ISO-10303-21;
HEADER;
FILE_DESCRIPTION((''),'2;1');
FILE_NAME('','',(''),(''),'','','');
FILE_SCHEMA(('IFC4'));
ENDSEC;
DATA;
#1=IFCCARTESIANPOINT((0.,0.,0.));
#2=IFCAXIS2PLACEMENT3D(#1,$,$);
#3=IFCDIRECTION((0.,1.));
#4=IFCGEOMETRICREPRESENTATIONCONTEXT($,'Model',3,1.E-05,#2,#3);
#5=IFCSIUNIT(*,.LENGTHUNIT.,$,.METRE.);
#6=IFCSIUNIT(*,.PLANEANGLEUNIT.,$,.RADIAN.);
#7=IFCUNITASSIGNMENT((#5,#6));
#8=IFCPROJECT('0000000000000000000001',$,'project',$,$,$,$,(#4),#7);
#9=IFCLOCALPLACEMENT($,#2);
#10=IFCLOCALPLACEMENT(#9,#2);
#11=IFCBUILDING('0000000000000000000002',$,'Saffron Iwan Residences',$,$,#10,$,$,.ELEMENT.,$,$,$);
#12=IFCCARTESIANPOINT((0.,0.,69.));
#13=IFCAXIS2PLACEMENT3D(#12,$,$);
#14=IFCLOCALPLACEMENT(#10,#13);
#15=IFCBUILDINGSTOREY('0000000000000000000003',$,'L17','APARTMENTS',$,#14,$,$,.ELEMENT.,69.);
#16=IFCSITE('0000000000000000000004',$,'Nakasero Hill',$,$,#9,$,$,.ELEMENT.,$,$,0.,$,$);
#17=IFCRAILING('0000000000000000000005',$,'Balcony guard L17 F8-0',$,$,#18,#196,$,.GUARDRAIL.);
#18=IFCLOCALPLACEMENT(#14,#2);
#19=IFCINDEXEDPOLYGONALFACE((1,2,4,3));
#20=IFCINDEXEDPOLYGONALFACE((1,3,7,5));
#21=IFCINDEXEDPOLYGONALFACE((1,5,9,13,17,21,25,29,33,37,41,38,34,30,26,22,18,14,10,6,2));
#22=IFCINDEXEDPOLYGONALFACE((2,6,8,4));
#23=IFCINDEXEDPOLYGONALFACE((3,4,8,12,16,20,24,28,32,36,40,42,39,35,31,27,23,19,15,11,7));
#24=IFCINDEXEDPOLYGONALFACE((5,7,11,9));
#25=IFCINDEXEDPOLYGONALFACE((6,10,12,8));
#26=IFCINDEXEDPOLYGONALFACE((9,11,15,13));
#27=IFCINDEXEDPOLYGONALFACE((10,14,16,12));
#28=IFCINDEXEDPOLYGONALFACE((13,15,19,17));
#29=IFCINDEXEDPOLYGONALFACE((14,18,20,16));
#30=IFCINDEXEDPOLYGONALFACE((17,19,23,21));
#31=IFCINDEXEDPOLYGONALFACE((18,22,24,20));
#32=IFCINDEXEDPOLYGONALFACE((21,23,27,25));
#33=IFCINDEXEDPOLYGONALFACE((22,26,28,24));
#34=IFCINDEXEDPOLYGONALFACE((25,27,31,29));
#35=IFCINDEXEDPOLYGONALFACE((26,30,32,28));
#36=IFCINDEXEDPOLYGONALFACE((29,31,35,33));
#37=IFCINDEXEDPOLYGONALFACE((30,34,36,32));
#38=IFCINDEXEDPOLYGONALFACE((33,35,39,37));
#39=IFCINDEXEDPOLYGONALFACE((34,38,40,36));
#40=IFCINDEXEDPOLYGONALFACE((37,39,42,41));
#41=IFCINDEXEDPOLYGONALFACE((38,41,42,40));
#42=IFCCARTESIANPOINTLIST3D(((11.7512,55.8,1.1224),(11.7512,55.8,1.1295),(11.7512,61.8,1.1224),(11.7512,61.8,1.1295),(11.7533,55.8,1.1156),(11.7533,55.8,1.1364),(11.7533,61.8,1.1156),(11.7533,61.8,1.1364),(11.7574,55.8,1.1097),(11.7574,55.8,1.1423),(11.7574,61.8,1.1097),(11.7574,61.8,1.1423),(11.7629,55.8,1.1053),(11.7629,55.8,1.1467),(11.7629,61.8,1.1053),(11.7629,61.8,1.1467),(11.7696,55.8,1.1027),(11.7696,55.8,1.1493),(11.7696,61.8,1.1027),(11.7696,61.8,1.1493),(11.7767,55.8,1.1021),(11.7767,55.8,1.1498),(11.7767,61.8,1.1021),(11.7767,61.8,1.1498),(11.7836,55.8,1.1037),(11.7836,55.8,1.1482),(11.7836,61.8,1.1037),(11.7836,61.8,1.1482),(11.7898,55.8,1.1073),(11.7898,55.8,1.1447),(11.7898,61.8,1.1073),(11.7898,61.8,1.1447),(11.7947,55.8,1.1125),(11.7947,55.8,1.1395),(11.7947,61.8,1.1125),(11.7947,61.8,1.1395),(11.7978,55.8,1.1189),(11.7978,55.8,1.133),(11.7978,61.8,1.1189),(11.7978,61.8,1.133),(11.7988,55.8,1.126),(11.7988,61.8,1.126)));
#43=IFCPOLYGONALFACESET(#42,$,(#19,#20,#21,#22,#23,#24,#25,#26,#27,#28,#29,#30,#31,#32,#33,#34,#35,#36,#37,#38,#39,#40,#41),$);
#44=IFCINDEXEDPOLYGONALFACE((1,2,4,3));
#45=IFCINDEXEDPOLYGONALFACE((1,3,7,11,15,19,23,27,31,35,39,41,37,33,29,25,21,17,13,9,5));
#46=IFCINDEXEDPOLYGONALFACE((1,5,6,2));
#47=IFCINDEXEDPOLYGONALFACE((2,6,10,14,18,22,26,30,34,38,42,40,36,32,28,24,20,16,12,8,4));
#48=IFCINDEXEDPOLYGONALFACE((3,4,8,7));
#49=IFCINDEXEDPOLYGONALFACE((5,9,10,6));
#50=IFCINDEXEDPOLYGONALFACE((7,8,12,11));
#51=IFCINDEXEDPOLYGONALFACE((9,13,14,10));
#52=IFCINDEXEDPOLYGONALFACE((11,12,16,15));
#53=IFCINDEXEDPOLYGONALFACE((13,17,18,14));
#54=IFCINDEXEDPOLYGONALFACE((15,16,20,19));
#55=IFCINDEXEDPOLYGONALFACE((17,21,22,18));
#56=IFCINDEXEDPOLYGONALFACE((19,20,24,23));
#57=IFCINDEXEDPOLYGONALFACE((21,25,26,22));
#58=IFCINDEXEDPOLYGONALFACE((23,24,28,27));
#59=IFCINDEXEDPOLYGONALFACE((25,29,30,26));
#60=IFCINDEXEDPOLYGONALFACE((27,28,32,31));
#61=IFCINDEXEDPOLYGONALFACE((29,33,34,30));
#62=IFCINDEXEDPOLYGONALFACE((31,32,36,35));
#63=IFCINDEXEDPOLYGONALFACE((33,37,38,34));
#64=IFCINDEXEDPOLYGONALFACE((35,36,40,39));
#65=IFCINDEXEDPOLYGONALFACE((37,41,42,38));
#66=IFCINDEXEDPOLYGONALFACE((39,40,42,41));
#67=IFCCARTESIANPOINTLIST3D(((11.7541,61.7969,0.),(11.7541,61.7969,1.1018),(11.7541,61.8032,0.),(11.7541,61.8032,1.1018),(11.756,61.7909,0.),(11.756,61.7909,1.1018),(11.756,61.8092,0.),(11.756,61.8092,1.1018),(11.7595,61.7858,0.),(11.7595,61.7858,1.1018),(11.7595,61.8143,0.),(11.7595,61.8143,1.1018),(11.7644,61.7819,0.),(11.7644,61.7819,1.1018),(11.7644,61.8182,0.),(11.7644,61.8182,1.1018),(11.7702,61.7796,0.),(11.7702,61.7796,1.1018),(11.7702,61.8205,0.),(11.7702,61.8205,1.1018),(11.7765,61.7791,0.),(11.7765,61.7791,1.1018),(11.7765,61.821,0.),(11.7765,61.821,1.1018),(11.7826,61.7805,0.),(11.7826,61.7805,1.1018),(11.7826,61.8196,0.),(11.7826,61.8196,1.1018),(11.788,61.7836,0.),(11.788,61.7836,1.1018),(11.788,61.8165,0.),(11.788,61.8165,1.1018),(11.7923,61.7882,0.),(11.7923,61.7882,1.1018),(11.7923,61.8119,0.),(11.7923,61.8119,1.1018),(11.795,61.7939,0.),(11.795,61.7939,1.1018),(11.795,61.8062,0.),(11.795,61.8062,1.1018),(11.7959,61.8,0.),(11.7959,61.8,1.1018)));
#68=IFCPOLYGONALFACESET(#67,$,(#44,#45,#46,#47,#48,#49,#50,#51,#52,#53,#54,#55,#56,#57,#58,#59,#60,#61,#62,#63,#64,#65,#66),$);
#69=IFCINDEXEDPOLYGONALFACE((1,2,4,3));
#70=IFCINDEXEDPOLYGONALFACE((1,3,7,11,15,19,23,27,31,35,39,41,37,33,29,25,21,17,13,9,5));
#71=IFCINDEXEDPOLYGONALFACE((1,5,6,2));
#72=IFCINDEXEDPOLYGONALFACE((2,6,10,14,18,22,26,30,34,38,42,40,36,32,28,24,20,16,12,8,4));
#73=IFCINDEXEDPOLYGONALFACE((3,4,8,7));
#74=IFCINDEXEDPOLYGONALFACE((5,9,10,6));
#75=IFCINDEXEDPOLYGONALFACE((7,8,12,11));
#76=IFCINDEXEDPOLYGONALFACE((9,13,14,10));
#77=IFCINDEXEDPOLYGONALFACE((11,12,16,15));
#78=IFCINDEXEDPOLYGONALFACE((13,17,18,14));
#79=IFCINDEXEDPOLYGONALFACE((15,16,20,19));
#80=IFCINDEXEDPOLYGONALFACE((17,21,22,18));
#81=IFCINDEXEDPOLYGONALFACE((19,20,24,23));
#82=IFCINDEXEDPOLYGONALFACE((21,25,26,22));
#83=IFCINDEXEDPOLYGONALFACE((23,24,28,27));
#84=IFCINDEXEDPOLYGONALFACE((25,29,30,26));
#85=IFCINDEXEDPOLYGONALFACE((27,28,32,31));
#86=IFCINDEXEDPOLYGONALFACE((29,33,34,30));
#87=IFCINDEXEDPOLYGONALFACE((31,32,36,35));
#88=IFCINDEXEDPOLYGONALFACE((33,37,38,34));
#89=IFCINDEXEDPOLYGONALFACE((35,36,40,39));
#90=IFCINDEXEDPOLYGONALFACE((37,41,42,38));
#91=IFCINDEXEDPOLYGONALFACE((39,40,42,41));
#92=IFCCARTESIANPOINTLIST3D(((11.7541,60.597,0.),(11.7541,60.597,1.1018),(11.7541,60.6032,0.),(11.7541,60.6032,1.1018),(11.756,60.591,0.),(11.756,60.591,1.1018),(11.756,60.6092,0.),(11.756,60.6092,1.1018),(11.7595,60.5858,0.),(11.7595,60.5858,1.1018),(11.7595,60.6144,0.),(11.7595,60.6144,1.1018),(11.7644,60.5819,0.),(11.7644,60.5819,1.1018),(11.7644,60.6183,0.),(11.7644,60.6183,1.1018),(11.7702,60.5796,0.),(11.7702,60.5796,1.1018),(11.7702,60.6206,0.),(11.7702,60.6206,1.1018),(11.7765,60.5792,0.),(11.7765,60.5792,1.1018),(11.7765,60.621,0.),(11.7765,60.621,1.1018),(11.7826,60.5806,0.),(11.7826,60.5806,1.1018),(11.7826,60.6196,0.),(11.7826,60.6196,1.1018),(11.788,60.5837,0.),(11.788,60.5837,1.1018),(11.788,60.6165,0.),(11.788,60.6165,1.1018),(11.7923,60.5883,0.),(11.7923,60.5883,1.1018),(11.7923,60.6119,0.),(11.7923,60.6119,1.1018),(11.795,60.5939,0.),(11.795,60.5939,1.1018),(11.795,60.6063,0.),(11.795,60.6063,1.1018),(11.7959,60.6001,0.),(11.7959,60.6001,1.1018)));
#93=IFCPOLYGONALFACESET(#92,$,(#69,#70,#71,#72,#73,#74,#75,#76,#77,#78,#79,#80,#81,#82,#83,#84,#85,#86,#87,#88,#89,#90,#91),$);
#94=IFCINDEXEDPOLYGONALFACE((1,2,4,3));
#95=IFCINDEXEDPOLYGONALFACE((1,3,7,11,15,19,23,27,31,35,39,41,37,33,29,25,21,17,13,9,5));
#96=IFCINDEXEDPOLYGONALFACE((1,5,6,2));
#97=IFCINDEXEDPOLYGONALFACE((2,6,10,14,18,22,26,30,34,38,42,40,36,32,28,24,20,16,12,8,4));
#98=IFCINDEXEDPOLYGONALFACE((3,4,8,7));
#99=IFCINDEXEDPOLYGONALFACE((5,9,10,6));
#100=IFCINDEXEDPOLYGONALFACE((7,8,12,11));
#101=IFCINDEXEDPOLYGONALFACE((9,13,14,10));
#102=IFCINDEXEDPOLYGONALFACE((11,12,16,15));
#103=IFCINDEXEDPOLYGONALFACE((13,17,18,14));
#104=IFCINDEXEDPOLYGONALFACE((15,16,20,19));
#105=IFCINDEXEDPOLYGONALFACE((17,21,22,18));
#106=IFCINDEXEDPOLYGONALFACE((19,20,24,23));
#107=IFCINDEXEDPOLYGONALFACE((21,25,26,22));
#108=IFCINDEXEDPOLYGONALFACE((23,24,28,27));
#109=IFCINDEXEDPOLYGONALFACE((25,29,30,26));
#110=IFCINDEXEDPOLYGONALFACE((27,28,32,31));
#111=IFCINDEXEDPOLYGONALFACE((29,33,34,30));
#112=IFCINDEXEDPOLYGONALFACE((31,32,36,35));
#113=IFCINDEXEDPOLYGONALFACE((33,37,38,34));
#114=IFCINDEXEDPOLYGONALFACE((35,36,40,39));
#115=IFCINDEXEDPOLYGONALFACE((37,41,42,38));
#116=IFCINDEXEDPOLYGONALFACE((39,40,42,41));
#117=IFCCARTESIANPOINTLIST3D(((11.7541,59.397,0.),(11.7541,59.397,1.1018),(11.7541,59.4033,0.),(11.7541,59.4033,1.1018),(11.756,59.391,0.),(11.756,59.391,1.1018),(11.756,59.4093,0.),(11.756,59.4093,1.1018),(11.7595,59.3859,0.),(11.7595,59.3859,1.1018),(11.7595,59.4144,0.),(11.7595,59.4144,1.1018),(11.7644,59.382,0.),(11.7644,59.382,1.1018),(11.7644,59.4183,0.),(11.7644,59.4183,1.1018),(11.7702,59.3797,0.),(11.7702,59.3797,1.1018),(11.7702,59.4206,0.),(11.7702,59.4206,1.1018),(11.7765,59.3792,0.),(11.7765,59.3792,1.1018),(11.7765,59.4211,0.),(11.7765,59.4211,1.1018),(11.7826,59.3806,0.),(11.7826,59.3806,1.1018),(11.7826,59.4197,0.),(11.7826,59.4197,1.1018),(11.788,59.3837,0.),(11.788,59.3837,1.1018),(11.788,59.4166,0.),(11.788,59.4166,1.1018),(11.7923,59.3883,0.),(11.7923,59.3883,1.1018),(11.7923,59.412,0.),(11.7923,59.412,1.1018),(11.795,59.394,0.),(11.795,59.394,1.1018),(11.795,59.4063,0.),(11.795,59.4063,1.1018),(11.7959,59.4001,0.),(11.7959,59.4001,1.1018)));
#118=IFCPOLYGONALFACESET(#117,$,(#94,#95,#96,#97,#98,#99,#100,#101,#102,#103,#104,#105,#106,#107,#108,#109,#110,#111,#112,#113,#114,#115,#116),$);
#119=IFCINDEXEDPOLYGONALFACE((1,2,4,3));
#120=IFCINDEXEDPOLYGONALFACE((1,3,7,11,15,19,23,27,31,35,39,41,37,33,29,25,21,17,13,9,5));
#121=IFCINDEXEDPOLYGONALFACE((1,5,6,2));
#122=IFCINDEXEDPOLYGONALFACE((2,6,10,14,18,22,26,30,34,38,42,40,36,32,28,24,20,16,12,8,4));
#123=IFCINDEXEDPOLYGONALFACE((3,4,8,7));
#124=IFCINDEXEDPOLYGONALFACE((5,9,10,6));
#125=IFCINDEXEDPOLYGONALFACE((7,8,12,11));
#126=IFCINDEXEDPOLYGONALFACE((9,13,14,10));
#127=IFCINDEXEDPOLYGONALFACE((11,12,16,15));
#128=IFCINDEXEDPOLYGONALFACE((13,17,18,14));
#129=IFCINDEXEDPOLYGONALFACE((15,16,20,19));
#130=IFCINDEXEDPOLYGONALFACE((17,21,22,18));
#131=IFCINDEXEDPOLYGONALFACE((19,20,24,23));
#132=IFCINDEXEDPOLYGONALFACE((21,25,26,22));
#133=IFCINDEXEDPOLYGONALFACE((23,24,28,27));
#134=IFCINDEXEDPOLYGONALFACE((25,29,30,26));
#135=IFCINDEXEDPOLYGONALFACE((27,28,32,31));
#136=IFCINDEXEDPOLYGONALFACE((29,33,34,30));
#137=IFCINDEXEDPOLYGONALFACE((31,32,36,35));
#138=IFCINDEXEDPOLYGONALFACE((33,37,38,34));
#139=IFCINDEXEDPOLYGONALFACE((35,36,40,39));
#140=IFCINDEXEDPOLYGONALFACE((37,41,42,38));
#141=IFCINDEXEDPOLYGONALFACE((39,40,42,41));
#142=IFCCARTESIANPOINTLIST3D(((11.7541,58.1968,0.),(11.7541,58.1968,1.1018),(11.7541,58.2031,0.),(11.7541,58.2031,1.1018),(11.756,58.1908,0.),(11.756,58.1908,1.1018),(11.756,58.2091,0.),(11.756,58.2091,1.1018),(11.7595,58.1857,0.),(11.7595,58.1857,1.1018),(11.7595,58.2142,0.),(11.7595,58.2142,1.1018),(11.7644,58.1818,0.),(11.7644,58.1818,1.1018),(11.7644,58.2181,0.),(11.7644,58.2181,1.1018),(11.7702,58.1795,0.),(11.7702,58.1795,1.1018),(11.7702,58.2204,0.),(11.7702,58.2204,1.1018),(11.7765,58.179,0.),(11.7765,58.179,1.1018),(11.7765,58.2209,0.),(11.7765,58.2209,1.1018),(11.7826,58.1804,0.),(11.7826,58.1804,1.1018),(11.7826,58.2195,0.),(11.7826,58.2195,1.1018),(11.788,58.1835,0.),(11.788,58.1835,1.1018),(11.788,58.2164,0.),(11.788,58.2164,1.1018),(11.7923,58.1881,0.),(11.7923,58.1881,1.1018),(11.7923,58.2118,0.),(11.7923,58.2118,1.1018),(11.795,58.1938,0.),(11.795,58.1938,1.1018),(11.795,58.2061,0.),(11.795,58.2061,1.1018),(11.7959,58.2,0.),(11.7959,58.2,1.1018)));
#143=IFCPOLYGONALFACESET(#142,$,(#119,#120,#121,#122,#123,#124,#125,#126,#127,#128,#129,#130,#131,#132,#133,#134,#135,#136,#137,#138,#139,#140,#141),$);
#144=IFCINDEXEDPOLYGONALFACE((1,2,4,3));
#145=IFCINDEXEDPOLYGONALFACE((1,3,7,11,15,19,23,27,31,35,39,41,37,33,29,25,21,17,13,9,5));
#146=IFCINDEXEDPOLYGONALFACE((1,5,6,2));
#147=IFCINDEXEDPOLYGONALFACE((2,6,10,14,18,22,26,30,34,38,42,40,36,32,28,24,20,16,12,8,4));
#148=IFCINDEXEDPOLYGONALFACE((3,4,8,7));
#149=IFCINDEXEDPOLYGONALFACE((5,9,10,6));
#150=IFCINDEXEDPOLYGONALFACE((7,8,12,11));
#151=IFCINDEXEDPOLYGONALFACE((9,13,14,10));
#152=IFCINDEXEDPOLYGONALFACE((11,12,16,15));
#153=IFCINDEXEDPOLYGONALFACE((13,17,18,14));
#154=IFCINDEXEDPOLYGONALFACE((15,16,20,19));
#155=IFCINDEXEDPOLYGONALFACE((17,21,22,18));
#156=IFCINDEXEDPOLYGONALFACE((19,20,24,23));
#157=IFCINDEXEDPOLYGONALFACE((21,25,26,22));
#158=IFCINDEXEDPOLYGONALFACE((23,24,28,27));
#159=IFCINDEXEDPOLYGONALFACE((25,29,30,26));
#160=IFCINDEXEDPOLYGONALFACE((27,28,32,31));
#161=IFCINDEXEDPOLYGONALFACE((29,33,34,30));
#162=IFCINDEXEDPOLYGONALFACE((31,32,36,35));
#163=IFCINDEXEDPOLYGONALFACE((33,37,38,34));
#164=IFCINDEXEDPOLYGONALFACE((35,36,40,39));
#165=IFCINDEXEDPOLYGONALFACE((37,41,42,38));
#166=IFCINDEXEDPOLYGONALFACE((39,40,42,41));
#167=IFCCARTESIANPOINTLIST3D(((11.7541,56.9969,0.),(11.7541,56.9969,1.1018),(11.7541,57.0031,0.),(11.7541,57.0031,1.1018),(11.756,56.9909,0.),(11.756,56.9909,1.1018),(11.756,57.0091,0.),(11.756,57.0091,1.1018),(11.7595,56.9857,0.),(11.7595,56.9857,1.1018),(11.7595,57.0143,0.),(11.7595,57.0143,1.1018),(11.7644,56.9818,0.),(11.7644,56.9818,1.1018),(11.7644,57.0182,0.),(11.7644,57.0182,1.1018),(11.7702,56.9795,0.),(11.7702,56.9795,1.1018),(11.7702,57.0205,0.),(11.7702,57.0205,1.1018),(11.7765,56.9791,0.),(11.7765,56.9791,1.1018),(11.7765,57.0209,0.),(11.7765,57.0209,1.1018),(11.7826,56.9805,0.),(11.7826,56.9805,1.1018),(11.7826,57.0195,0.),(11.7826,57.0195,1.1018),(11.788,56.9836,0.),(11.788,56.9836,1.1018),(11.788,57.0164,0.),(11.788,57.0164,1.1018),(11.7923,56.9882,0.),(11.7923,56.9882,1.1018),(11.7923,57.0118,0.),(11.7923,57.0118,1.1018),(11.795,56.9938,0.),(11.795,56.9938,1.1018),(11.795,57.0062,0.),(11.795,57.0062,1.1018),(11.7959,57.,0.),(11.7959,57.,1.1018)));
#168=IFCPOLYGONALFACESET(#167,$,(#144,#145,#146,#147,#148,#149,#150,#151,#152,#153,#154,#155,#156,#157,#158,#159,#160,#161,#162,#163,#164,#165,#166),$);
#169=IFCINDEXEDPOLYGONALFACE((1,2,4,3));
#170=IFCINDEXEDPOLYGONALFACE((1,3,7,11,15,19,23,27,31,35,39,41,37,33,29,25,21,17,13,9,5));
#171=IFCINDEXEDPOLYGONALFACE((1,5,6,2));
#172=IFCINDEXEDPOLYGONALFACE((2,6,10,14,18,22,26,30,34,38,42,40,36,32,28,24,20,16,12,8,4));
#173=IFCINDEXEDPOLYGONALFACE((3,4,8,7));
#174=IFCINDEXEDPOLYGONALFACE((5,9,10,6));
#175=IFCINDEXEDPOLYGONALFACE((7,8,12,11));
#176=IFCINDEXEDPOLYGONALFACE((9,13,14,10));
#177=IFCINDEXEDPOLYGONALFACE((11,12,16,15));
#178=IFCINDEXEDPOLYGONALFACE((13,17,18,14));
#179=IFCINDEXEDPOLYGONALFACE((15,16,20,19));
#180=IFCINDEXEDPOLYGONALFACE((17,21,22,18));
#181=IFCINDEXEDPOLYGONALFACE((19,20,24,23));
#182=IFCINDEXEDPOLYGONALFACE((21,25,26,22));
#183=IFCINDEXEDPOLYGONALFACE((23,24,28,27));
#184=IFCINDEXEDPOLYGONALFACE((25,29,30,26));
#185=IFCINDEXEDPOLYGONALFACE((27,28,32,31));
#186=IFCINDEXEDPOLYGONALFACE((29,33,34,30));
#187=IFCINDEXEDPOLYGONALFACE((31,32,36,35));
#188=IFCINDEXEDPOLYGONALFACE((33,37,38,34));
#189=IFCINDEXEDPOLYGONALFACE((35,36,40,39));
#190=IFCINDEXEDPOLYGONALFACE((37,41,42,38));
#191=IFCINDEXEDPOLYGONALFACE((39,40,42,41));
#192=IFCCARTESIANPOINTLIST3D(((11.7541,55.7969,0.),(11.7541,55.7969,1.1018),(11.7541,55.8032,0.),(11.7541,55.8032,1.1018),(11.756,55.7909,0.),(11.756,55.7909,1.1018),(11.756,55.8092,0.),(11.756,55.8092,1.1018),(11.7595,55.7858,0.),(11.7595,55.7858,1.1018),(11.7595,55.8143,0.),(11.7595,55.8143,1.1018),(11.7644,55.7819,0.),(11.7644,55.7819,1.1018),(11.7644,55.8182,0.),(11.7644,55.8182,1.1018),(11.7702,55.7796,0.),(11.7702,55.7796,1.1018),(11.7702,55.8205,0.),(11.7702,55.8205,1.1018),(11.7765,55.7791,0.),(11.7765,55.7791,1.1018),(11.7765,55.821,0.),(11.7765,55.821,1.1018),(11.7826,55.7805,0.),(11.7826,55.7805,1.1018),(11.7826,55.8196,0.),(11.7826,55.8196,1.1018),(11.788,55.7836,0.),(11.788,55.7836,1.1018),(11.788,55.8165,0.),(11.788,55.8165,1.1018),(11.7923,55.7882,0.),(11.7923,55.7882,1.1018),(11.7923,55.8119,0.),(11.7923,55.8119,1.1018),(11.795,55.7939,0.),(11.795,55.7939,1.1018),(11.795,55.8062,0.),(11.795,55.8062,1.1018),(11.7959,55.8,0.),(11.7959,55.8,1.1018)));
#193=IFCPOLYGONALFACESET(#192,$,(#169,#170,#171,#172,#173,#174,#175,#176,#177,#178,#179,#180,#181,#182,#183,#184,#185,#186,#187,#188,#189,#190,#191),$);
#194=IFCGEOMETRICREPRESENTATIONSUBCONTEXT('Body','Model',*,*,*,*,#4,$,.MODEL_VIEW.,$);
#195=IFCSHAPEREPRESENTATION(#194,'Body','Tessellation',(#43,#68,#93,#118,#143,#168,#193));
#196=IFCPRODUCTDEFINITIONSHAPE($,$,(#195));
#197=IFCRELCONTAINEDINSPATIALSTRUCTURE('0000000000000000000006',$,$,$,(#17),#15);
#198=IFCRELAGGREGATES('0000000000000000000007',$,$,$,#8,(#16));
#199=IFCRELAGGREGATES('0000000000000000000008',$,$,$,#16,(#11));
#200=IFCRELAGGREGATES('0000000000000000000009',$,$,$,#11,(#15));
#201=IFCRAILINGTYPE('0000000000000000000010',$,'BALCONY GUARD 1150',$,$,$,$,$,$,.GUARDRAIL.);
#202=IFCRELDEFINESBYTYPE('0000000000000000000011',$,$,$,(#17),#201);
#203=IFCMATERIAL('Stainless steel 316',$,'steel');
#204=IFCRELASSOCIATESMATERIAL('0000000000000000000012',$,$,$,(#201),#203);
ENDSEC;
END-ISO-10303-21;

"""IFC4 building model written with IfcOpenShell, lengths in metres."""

from ifc_helpers import new_model, si_unit, direction, frame, origin, origin_2d, place, context, subcontext, project, spatial, circle, extrude, material, type_object, element, save


model = new_model("IFC4")

# Units and contexts
model_context = context("Model", 3, precision=1e-05, world=origin(), true_north=direction((0.0, 1.0)))
body_context = subcontext(model_context, "Body", "Model", "MODEL_VIEW")
ifc_project = project(units=[si_unit("LENGTHUNIT", "METRE"), si_unit("PLANEANGLEUNIT", "RADIAN")], contexts=[model_context])

# Site, building, storey
site_placement = place(None, origin())
site = spatial("IfcSite", under=ifc_project, at=site_placement, Name="Nakasero Hill", CompositionType="ELEMENT", RefElevation=0.0)
building_placement = place(site_placement, origin())
building = spatial("IfcBuilding", under=site, at=building_placement, Name="Saffron Iwan Residences", CompositionType="ELEMENT")
storey_placement = place(building_placement, frame((0.0, 0.0, 69.0)))
storey = spatial("IfcBuildingStorey", under=building, at=storey_placement, Name="L17", Description="APARTMENTS", CompositionType="ELEMENT", Elevation=69.0)

# Railing
ifc_material_1 = material(Name="Stainless steel 316", Category="steel")
railing_type = type_object("IfcRailingType", Name="BALCONY GUARD 1150", PredefinedType="GUARDRAIL", material=ifc_material_1)
railing_placement = place(storey_placement, frame((11.7749, 61.8, 0.0)))
element("IfcRailing", 1, at=railing_placement, inside=storey, type_object=railing_type, Name="Balcony guard L17 F8-0", PredefinedType="GUARDRAIL", context=body_context, shape_type="SweptSolid", body=[
    extrude(circle(Radius=0.0239, at=origin_2d()), frame((0.0, 0.0, 1.126), z_axis=(0.0, -1.0, 0.0), x_axis=(1.0, 0.0, 0.0)), (0.0, 0.0, 1.0), 6.0),
    extrude(circle(Radius=0.021, at=origin_2d()), origin(), (0.0, 0.0, 1.0), 1.1018),
    extrude(circle(Radius=0.021, at=origin_2d()), frame((0.0, -1.2, 0.0)), (0.0, 0.0, 1.0), 1.1018),
    extrude(circle(Radius=0.021, at=origin_2d()), frame((0.0, -2.3999, 0.0)), (0.0, 0.0, 1.0), 1.1018),
    extrude(circle(Radius=0.021, at=origin_2d()), frame((0.0, -3.6001, 0.0)), (0.0, 0.0, 1.0), 1.1018),
    extrude(circle(Radius=0.021, at=origin_2d()), frame((0.0, -4.8, 0.0)), (0.0, 0.0, 1.0), 1.1018),
    extrude(circle(Radius=0.021, at=origin_2d()), frame((0.0, -6.0, 0.0)), (0.0, 0.0, 1.0), 1.1018),
])

save(model, "model.ifc")
